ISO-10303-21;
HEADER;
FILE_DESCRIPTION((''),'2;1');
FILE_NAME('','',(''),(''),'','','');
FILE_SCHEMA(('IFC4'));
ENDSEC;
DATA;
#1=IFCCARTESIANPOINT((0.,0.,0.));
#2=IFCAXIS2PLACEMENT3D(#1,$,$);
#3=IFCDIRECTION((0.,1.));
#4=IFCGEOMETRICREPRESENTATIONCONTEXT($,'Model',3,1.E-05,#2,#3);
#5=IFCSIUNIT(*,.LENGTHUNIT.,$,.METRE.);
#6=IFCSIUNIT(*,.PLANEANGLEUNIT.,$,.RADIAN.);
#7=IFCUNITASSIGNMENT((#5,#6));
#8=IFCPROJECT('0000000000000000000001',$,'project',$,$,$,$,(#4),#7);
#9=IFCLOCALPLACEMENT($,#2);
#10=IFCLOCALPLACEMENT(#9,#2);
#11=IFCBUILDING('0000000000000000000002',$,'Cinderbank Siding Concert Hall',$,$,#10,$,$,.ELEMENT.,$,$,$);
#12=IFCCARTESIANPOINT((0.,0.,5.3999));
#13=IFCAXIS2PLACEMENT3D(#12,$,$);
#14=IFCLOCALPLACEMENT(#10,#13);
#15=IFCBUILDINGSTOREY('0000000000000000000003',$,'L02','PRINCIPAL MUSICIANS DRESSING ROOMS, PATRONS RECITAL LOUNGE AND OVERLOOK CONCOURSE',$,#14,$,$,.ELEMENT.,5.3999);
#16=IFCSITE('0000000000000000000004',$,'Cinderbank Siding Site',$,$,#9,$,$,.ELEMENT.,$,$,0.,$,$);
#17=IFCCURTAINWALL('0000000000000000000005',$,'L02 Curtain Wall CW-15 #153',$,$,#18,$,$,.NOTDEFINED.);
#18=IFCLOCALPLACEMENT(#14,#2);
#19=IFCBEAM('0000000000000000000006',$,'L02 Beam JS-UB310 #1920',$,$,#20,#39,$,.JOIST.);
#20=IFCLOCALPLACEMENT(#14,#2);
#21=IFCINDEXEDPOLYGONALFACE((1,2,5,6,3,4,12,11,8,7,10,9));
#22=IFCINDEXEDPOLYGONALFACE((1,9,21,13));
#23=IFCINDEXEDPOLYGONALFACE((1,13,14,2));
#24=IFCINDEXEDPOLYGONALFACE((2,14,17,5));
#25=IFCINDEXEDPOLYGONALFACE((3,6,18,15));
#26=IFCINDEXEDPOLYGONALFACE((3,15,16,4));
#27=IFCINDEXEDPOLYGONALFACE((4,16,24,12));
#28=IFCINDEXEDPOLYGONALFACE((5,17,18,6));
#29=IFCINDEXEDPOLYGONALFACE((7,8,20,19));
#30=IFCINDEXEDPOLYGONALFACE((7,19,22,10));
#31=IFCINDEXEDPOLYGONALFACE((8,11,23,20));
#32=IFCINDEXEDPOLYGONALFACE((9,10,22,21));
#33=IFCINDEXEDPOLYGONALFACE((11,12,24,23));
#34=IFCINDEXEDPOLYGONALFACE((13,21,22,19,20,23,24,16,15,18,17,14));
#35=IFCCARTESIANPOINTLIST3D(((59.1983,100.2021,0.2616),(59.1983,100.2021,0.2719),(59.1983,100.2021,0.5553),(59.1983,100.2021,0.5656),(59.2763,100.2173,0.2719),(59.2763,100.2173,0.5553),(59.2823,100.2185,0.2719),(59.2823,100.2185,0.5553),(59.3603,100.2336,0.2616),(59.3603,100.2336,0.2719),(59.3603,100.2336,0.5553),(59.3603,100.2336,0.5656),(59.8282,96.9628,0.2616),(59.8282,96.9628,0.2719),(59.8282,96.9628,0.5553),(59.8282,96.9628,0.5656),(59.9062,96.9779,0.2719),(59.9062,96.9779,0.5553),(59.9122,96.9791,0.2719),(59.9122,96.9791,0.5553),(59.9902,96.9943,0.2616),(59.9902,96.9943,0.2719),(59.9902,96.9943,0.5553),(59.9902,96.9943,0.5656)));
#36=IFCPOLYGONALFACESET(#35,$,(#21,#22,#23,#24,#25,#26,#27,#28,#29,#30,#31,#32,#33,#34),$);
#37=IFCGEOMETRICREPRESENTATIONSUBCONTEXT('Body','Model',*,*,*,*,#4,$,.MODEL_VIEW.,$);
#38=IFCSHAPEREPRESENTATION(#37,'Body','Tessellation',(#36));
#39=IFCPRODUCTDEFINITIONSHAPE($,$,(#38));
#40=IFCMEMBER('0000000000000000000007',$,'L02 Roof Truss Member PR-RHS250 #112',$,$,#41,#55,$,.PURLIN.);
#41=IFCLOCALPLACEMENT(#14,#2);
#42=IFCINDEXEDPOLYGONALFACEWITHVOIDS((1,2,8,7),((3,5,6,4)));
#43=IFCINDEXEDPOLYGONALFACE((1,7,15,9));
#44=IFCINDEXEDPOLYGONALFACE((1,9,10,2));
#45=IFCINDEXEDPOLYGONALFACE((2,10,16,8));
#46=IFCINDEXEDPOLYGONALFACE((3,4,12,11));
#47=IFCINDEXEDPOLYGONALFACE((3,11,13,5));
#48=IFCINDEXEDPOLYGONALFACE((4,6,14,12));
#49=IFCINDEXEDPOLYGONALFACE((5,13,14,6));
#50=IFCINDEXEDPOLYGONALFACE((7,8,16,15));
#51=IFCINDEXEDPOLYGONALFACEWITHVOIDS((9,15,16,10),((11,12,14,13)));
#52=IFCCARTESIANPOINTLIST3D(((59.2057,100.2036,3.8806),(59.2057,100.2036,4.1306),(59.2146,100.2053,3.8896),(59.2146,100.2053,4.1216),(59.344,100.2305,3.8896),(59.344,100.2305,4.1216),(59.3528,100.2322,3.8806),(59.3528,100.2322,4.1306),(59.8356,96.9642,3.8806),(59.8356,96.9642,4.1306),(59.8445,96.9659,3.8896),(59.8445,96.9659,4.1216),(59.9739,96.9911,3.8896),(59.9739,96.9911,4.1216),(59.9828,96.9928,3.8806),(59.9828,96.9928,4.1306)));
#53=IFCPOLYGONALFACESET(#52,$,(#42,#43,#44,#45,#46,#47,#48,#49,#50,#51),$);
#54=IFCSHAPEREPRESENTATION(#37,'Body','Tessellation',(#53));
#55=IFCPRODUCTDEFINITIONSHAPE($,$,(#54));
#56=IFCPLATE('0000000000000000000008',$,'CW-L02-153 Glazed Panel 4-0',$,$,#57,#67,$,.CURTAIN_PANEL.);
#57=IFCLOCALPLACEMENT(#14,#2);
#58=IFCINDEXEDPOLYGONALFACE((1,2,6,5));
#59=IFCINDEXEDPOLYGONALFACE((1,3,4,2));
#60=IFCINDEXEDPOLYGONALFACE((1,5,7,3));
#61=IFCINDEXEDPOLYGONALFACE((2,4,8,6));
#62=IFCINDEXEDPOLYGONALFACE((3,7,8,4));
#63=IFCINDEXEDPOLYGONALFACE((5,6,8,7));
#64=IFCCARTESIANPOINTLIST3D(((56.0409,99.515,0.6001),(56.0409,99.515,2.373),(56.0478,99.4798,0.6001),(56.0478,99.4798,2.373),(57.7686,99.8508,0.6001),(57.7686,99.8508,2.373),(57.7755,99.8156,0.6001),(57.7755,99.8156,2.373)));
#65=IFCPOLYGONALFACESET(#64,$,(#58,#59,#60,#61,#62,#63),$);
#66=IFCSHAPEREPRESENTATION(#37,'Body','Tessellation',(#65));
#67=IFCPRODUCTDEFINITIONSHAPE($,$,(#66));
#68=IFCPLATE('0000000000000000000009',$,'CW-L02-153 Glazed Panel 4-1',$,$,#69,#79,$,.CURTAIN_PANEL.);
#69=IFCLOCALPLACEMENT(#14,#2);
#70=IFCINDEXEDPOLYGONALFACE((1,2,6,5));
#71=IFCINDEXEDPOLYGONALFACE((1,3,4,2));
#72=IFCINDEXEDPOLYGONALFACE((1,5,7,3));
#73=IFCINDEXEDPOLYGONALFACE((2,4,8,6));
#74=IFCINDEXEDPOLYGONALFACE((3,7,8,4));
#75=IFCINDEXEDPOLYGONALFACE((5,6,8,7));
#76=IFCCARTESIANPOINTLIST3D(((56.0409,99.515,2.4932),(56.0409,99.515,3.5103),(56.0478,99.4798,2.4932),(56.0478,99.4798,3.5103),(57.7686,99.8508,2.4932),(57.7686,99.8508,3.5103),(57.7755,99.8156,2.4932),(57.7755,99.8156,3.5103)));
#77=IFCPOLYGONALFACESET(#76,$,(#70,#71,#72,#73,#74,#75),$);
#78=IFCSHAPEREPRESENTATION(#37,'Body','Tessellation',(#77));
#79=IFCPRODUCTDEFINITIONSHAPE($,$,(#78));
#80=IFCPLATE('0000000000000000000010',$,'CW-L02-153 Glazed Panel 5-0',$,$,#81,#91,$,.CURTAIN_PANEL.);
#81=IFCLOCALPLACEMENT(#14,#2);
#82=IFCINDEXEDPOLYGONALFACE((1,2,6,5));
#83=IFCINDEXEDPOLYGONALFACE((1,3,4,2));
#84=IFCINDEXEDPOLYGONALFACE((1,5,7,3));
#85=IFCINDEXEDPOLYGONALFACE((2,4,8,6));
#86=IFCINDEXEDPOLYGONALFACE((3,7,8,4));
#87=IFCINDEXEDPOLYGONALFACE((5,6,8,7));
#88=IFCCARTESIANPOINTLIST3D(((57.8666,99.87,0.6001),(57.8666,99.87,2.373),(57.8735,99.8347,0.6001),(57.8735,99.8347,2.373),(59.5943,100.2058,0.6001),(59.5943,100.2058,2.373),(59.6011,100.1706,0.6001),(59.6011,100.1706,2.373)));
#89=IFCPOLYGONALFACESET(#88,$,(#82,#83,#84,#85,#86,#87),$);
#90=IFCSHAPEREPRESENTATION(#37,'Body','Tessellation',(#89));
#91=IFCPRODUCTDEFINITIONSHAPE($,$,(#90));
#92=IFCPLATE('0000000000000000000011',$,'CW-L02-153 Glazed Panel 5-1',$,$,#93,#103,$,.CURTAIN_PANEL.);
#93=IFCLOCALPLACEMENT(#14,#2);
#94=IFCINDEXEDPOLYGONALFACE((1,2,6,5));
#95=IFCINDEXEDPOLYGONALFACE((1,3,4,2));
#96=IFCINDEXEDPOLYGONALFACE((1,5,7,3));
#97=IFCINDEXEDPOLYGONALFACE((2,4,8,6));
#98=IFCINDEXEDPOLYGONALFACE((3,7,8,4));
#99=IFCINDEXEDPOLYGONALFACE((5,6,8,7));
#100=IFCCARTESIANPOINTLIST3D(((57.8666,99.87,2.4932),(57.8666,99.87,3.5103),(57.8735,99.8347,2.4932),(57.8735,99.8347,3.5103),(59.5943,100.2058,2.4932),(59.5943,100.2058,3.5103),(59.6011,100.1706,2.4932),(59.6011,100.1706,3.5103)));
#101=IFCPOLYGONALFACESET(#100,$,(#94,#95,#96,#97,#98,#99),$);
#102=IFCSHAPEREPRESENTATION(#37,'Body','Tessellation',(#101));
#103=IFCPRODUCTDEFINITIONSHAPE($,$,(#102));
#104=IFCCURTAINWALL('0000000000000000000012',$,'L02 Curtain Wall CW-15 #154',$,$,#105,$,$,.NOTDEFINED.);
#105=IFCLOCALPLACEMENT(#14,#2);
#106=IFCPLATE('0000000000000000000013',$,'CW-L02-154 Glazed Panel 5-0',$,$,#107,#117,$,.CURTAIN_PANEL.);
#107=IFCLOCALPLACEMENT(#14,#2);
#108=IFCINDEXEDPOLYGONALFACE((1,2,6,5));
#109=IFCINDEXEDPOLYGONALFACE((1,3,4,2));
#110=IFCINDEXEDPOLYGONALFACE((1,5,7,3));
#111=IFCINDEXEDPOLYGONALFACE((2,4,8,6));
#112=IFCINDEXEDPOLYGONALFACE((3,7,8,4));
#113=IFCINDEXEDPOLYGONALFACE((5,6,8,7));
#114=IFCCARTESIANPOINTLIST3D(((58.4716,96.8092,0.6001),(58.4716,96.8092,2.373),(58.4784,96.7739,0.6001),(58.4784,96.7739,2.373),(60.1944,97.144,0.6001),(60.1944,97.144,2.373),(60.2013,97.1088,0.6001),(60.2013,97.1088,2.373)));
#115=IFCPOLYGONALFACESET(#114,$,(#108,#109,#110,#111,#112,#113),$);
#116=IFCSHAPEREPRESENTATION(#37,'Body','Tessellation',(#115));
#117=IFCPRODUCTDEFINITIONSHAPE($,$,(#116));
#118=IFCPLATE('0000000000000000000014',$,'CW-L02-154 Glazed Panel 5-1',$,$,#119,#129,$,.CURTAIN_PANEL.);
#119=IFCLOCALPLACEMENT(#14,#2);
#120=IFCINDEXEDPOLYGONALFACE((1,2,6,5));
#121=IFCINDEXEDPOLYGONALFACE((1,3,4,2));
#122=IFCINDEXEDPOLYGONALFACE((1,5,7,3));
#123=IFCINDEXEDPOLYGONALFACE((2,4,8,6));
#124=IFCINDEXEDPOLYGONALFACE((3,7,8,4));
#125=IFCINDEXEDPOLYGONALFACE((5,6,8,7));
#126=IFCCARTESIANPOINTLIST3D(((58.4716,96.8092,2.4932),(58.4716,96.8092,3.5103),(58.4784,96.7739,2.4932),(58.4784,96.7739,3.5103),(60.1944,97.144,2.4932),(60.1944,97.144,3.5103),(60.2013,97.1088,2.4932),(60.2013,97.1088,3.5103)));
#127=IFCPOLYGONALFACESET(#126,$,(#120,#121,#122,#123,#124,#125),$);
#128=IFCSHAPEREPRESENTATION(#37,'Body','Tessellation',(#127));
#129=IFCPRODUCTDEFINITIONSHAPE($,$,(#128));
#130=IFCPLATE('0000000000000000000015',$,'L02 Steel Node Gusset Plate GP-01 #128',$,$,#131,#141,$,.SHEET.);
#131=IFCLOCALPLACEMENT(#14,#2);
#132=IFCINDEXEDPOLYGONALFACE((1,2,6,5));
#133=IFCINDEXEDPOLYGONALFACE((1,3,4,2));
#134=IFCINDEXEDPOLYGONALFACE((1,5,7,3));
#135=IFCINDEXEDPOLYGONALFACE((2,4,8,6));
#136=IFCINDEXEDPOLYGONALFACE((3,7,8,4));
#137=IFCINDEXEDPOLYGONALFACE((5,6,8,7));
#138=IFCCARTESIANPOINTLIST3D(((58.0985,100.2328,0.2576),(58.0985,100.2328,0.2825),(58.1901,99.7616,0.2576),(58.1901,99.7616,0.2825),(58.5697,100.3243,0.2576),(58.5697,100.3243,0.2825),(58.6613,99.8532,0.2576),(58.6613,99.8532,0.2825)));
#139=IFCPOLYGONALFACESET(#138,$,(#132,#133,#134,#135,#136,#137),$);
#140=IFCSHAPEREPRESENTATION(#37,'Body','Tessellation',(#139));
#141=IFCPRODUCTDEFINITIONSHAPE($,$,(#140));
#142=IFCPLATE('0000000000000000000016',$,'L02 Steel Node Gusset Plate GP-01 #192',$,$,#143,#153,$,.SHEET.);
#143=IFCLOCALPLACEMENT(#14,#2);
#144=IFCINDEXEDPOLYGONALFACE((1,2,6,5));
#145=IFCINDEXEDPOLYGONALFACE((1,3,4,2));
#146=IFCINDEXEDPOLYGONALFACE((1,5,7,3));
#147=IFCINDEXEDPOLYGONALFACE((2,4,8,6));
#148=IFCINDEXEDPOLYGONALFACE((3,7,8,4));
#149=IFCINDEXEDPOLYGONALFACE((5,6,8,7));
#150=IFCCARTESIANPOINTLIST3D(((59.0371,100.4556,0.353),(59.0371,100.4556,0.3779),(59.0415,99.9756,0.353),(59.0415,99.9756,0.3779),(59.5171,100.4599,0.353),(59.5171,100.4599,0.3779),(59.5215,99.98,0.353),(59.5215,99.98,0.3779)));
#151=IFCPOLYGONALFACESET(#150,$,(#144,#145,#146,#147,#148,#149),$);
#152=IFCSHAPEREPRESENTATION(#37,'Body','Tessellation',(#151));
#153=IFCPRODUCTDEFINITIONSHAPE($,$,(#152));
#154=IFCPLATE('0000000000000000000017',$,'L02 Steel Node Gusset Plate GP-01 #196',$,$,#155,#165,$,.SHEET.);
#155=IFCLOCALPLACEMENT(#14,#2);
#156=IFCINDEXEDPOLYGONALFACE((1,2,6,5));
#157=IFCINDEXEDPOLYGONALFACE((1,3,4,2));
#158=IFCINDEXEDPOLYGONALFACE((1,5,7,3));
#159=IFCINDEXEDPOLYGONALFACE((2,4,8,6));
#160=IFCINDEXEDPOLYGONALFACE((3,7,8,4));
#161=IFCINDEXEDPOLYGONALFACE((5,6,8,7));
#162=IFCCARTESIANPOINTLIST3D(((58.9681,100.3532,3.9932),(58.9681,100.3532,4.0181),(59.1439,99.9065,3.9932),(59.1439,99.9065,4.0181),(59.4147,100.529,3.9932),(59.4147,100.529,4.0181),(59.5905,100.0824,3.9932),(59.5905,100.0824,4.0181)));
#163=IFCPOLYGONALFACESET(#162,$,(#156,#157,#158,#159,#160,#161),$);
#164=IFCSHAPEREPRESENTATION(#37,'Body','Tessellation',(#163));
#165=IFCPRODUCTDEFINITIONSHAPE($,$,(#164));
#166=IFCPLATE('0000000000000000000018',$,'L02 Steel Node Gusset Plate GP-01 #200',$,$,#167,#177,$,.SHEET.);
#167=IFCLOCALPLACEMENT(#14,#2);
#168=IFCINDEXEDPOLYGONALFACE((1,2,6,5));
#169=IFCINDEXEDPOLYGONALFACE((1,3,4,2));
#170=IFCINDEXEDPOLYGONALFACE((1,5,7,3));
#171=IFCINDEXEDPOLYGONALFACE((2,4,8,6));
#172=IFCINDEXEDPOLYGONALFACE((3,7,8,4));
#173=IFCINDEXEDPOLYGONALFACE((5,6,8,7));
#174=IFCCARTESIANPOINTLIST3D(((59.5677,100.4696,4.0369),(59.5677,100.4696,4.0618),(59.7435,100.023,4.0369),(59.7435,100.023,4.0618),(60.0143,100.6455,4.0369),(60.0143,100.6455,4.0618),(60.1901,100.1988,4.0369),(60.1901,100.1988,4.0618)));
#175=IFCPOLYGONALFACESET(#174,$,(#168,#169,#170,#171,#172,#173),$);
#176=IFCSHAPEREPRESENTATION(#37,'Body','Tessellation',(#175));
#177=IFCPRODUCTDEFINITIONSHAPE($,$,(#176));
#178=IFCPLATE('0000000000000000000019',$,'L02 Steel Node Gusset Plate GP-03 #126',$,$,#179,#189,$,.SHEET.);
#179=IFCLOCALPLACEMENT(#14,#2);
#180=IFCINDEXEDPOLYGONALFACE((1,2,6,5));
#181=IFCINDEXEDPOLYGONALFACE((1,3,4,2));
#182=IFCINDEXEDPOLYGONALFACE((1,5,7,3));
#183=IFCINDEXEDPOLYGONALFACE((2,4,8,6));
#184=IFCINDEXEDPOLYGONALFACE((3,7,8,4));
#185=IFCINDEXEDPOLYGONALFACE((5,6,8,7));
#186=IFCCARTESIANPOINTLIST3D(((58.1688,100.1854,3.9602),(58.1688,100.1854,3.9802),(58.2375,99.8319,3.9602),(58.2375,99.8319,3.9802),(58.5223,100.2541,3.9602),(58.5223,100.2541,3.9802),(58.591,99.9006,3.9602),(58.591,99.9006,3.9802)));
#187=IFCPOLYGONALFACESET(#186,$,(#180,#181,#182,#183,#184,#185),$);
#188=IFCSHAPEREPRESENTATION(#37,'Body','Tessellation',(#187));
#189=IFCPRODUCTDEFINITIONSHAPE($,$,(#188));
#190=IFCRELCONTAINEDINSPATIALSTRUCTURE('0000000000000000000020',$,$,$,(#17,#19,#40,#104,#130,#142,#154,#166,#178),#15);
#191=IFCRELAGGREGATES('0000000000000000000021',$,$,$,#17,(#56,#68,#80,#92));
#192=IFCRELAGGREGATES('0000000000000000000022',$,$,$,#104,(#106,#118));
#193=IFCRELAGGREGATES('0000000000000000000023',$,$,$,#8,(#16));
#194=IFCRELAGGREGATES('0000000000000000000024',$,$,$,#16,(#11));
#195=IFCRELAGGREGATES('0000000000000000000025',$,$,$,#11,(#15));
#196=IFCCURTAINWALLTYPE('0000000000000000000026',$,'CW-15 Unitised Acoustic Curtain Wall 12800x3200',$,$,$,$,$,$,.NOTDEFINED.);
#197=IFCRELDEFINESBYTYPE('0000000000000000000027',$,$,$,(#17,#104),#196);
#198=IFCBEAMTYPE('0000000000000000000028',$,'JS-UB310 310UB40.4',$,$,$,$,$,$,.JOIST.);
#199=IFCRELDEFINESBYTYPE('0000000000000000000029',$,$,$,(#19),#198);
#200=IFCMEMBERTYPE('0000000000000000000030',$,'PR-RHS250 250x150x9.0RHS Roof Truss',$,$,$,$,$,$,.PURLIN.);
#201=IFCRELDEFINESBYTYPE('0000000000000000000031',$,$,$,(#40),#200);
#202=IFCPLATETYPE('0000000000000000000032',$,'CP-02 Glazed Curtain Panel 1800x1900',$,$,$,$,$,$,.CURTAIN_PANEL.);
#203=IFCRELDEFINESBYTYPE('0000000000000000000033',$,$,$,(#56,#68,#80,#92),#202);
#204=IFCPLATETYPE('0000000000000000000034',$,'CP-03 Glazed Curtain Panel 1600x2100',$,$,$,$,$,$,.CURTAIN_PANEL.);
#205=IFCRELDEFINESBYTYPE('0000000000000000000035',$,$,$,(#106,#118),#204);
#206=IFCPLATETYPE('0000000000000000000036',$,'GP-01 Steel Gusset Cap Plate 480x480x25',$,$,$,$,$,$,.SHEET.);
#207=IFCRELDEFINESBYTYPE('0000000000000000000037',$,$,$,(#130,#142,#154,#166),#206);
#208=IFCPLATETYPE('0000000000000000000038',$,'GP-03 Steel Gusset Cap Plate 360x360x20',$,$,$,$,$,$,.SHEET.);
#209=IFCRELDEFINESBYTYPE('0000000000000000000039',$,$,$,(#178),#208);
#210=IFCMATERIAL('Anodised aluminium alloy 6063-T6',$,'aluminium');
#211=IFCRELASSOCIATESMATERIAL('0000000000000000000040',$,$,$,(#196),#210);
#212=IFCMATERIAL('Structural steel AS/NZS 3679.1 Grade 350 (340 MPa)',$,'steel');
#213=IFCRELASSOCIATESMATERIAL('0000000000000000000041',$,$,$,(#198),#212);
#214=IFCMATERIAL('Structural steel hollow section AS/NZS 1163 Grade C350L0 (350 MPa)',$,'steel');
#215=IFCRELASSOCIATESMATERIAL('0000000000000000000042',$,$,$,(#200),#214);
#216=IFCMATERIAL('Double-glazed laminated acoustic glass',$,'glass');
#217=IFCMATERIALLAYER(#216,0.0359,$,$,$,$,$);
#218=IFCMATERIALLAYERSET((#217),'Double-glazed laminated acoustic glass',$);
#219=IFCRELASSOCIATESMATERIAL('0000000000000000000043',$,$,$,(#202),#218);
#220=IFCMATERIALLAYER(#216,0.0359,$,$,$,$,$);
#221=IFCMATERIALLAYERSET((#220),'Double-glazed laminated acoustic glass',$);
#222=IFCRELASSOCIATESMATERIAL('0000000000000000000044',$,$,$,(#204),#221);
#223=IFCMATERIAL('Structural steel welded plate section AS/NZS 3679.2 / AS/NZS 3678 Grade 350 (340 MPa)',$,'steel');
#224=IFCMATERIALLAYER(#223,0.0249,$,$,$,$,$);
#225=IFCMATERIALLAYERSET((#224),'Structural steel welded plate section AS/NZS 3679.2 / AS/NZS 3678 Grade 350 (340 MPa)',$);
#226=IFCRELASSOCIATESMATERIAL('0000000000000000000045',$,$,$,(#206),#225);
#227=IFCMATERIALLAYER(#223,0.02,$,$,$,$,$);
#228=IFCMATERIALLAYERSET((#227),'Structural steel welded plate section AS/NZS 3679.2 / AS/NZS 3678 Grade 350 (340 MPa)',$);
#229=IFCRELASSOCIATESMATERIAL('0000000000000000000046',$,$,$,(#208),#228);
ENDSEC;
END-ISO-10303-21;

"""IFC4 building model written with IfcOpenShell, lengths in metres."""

from ifc_helpers import new_model, si_unit, direction, frame, origin, origin_2d, place, context, subcontext, project, spatial, rectangle, hollow_rectangle, i_section, extrude, material, layer, layer_set, material_profile, profile_set, type_object, element, aggregate, save


model = new_model("IFC4")

# Units and contexts
model_context = context("Model", 3, precision=1e-05, world=origin(), true_north=direction((0.0, 1.0)))
body_context = subcontext(model_context, "Body", "Model", "MODEL_VIEW")
ifc_project = project(units=[si_unit("LENGTHUNIT", "METRE"), si_unit("PLANEANGLEUNIT", "RADIAN")], contexts=[model_context])

# Site, building, storey
site_placement = place(None, origin())
site = spatial("IfcSite", under=ifc_project, at=site_placement, Name="Cinderbank Siding Site", CompositionType="ELEMENT", RefElevation=0.0)
building_placement = place(site_placement, origin())
building = spatial("IfcBuilding", under=site, at=building_placement, Name="Cinderbank Siding Concert Hall", CompositionType="ELEMENT")
storey_placement = place(building_placement, frame((0.0, 0.0, 5.3999)))
storey = spatial("IfcBuildingStorey", under=building, at=storey_placement, Name="L02", Description="PRINCIPAL MUSICIANS DRESSING ROOMS, PATRONS RECITAL LOUNGE AND OVERLOOK CONCOURSE", CompositionType="ELEMENT", Elevation=5.3999)

# Shared definitions
ifc_material_1 = material(Name="Structural steel hollow section AS/NZS 1163 Grade C350L0 (350 MPa)", Category="steel")

# Curtain wall
ifc_material_2 = material(Name="Anodised aluminium alloy 6063-T6", Category="aluminium")
curtain_wall_type = type_object("IfcCurtainWallType", Name="CW-15 Unitised Acoustic Curtain Wall 12800x3200", PredefinedType="NOTDEFINED", material=ifc_material_2)
curtain_wall_1_placement = place(storey_placement, origin())
curtain_wall_1 = element("IfcCurtainWall", 1, at=curtain_wall_1_placement, inside=storey, type_object=curtain_wall_type, Name="L02 Curtain Wall CW-15 #153", PredefinedType="NOTDEFINED")

# Beam
ifc_material_3 = material(Name="Structural steel AS/NZS 3679.1 Grade 350 (340 MPa)", Category="steel")
ifc_material_profile_1 = material_profile(ifc_material_3, i_section(OverallWidth=0.165, OverallDepth=0.304, WebThickness=0.0061, FlangeThickness=0.0103, at=origin_2d()), Name="310UB40.4", Category="LoadBearing")
ifc_profile_set_1 = profile_set([ifc_material_profile_1], Name="Structural steel AS/NZS 3679.1 Grade 350 (340 MPa)")
beam_type = type_object("IfcBeamType", Name="JS-UB310 310UB40.4", PredefinedType="JOIST", material=ifc_profile_set_1)
beam_placement = place(storey_placement, frame((59.9092, 96.9785, 0.4136), z_axis=(-0.190878, 0.981614, 0.0), x_axis=(-0.981614, -0.190878, 0.0)))
element("IfcBeam", 2, at=beam_placement, inside=storey, type_object=beam_type, Name="L02 Beam JS-UB310 #1920", PredefinedType="JOIST", context=body_context, shape_type="SweptSolid", body=[
    extrude(i_section(OverallWidth=0.165, OverallDepth=0.304, WebThickness=0.0061, FlangeThickness=0.0103, at=origin_2d()), origin(), (0.0, 0.0, 1.0), 3.3),
])

# Member
ifc_material_profile_2 = material_profile(ifc_material_1, hollow_rectangle(XDim=0.1499, YDim=0.25, WallThickness=0.009, at=origin_2d()), Name="250x150x9.0RHS", Category="LoadBearing")
ifc_profile_set_2 = profile_set([ifc_material_profile_2], Name="Structural steel hollow section AS/NZS 1163 Grade C350L0 (350 MPa)")
member_type_1 = type_object("IfcMemberType", Name="PR-RHS250 250x150x9.0RHS Roof Truss", PredefinedType="PURLIN", material=ifc_profile_set_2)
member_1_placement = place(storey_placement, frame((59.9092, 96.9785, 4.0056), z_axis=(-0.190878, 0.981614, 0.0), x_axis=(-0.981614, -0.190878, 0.0)))
element("IfcMember", 3, at=member_1_placement, inside=storey, type_object=member_type_1, Name="L02 Roof Truss Member PR-RHS250 #112", PredefinedType="PURLIN", context=body_context, shape_type="SweptSolid", body=[
    extrude(hollow_rectangle(XDim=0.1499, YDim=0.25, WallThickness=0.009, at=origin_2d()), origin(), (0.0, 0.0, 1.0), 3.3),
])

# Plates
ifc_material_4 = material(Name="Double-glazed laminated acoustic glass", Category="glass")
ifc_layer_1 = layer(ifc_material_4, 0.0359)
ifc_layer_set_1 = layer_set([ifc_layer_1], Name="Double-glazed laminated acoustic glass")
plate_type_1 = type_object("IfcPlateType", Name="CP-02 Glazed Curtain Panel 1800x1900", PredefinedType="CURTAIN_PANEL", material=ifc_layer_set_1)
plate_1_placement = place(storey_placement, frame((56.9082, 99.6653, 0.6001), z_axis=(0.0, 0.0, 1.0), x_axis=(0.981627, 0.190811, 0.0)))
plate_1 = element("IfcPlate", 4, at=plate_1_placement, type_object=plate_type_1, Name="CW-L02-153 Glazed Panel 4-0", PredefinedType="CURTAIN_PANEL", context=body_context, shape_type="SweptSolid", body=[
    extrude(rectangle(XDim=1.76, YDim=0.0359, at=origin_2d()), origin(), (0.0, 0.0, 1.0), 1.7729),
])
plate_2_placement = place(storey_placement, frame((56.9082, 99.6653, 2.4932), z_axis=(0.0, 0.0, 1.0), x_axis=(0.981627, 0.190811, 0.0)))
plate_2 = element("IfcPlate", 5, at=plate_2_placement, type_object=plate_type_1, Name="CW-L02-153 Glazed Panel 4-1", PredefinedType="CURTAIN_PANEL", context=body_context, shape_type="SweptSolid", body=[
    extrude(rectangle(XDim=1.76, YDim=0.0359, at=origin_2d()), origin(), (0.0, 0.0, 1.0), 1.0171),
])
plate_3_placement = place(storey_placement, frame((58.7339, 100.0203, 0.6001), z_axis=(0.0, 0.0, 1.0), x_axis=(0.981627, 0.190811, 0.0)))
plate_3 = element("IfcPlate", 6, at=plate_3_placement, type_object=plate_type_1, Name="CW-L02-153 Glazed Panel 5-0", PredefinedType="CURTAIN_PANEL", context=body_context, shape_type="SweptSolid", body=[
    extrude(rectangle(XDim=1.76, YDim=0.0359, at=origin_2d()), origin(), (0.0, 0.0, 1.0), 1.7729),
])
plate_4_placement = place(storey_placement, frame((58.7339, 100.0203, 2.4932), z_axis=(0.0, 0.0, 1.0), x_axis=(0.981627, 0.190811, 0.0)))
plate_4 = element("IfcPlate", 7, at=plate_4_placement, type_object=plate_type_1, Name="CW-L02-153 Glazed Panel 5-1", PredefinedType="CURTAIN_PANEL", context=body_context, shape_type="SweptSolid", body=[
    extrude(rectangle(XDim=1.76, YDim=0.0359, at=origin_2d()), origin(), (0.0, 0.0, 1.0), 1.0171),
])
aggregate(curtain_wall_1, [plate_1, plate_2, plate_3, plate_4])

# Curtain wall, plates
curtain_wall_2_placement = place(storey_placement, origin())
curtain_wall_2 = element("IfcCurtainWall", 8, at=curtain_wall_2_placement, inside=storey, type_object=curtain_wall_type, Name="L02 Curtain Wall CW-15 #154", PredefinedType="NOTDEFINED")
ifc_layer_2 = layer(ifc_material_4, 0.0359)
ifc_layer_set_2 = layer_set([ifc_layer_2], Name="Double-glazed laminated acoustic glass")
plate_type_2 = type_object("IfcPlateType", Name="CP-03 Glazed Curtain Panel 1600x2100", PredefinedType="CURTAIN_PANEL", material=ifc_layer_set_2)
plate_5_placement = place(storey_placement, frame((59.3364, 96.959, 0.6001), z_axis=(0.0, 0.0, 1.0), x_axis=(0.981627, 0.190811, 0.0)))
plate_5 = element("IfcPlate", 9, at=plate_5_placement, type_object=plate_type_2, Name="CW-L02-154 Glazed Panel 5-0", PredefinedType="CURTAIN_PANEL", context=body_context, shape_type="SweptSolid", body=[
    extrude(rectangle(XDim=1.7551, YDim=0.0359, at=origin_2d()), origin(), (0.0, 0.0, 1.0), 1.7729),
])
plate_6_placement = place(storey_placement, frame((59.3364, 96.959, 2.4932), z_axis=(0.0, 0.0, 1.0), x_axis=(0.981627, 0.190811, 0.0)))
plate_6 = element("IfcPlate", 10, at=plate_6_placement, type_object=plate_type_2, Name="CW-L02-154 Glazed Panel 5-1", PredefinedType="CURTAIN_PANEL", context=body_context, shape_type="SweptSolid", body=[
    extrude(rectangle(XDim=1.7551, YDim=0.0359, at=origin_2d()), origin(), (0.0, 0.0, 1.0), 1.0171),
])
aggregate(curtain_wall_2, [plate_5, plate_6])

# Plates
ifc_material_5 = material(Name="Structural steel welded plate section AS/NZS 3679.2 / AS/NZS 3678 Grade 350 (340 MPa)", Category="steel")
ifc_layer_3 = layer(ifc_material_5, 0.0249)
ifc_layer_set_3 = layer_set([ifc_layer_3], Name="Structural steel welded plate section AS/NZS 3679.2 / AS/NZS 3678 Grade 350 (340 MPa)")
plate_type_3 = type_object("IfcPlateType", Name="GP-01 Steel Gusset Cap Plate 480x480x25", PredefinedType="SHEET", material=ifc_layer_set_3)
for number, where, z_axis, x_axis, name in (
    (11, (58.3799, 100.043, 0.2576), (0.0, 0.0, 1.0), (0.981627, 0.190809, 0.0), "L02 Steel Node Gusset Plate GP-01 #128"),
    (12, (59.2793, 100.2178, 0.353), (0.0, 0.0, 1.0), (-0.009076, 0.999959, 0.0), "L02 Steel Node Gusset Plate GP-01 #192"),
    (13, (59.2793, 100.2178, 3.9932), (0.0, 0.0, 1.0), (0.366339, -0.930482, 0.0), "L02 Steel Node Gusset Plate GP-01 #196"),
    (14, (59.8789, 100.3342, 4.0369), (0.0, 0.0, 1.0), (0.366339, -0.930482, 0.0), "L02 Steel Node Gusset Plate GP-01 #200"),
):
    element("IfcPlate", number, at=place(storey_placement, frame(where, z_axis=z_axis, x_axis=x_axis)), inside=storey, type_object=plate_type_3, Name=name, PredefinedType="SHEET", context=body_context, shape_type="SweptSolid", body=[
        extrude(rectangle(XDim=0.48, YDim=0.48, at=origin_2d()), origin(), (0.0, 0.0, 1.0), 0.0249),
    ])
ifc_layer_4 = layer(ifc_material_5, 0.02)
ifc_layer_set_4 = layer_set([ifc_layer_4], Name="Structural steel welded plate section AS/NZS 3679.2 / AS/NZS 3678 Grade 350 (340 MPa)")
plate_type_4 = type_object("IfcPlateType", Name="GP-03 Steel Gusset Cap Plate 360x360x20", PredefinedType="SHEET", material=ifc_layer_set_4)
plate_7_placement = place(storey_placement, frame((58.3799, 100.043, 3.9602), z_axis=(0.0, 0.0, 1.0), x_axis=(0.981627, 0.190809, 0.0)))
element("IfcPlate", 15, at=plate_7_placement, inside=storey, type_object=plate_type_4, Name="L02 Steel Node Gusset Plate GP-03 #126", PredefinedType="SHEET", context=body_context, shape_type="SweptSolid", body=[
    extrude(rectangle(XDim=0.3601, YDim=0.3601, at=origin_2d()), origin(), (0.0, 0.0, 1.0), 0.02),
])

save(model, "model.ifc")
